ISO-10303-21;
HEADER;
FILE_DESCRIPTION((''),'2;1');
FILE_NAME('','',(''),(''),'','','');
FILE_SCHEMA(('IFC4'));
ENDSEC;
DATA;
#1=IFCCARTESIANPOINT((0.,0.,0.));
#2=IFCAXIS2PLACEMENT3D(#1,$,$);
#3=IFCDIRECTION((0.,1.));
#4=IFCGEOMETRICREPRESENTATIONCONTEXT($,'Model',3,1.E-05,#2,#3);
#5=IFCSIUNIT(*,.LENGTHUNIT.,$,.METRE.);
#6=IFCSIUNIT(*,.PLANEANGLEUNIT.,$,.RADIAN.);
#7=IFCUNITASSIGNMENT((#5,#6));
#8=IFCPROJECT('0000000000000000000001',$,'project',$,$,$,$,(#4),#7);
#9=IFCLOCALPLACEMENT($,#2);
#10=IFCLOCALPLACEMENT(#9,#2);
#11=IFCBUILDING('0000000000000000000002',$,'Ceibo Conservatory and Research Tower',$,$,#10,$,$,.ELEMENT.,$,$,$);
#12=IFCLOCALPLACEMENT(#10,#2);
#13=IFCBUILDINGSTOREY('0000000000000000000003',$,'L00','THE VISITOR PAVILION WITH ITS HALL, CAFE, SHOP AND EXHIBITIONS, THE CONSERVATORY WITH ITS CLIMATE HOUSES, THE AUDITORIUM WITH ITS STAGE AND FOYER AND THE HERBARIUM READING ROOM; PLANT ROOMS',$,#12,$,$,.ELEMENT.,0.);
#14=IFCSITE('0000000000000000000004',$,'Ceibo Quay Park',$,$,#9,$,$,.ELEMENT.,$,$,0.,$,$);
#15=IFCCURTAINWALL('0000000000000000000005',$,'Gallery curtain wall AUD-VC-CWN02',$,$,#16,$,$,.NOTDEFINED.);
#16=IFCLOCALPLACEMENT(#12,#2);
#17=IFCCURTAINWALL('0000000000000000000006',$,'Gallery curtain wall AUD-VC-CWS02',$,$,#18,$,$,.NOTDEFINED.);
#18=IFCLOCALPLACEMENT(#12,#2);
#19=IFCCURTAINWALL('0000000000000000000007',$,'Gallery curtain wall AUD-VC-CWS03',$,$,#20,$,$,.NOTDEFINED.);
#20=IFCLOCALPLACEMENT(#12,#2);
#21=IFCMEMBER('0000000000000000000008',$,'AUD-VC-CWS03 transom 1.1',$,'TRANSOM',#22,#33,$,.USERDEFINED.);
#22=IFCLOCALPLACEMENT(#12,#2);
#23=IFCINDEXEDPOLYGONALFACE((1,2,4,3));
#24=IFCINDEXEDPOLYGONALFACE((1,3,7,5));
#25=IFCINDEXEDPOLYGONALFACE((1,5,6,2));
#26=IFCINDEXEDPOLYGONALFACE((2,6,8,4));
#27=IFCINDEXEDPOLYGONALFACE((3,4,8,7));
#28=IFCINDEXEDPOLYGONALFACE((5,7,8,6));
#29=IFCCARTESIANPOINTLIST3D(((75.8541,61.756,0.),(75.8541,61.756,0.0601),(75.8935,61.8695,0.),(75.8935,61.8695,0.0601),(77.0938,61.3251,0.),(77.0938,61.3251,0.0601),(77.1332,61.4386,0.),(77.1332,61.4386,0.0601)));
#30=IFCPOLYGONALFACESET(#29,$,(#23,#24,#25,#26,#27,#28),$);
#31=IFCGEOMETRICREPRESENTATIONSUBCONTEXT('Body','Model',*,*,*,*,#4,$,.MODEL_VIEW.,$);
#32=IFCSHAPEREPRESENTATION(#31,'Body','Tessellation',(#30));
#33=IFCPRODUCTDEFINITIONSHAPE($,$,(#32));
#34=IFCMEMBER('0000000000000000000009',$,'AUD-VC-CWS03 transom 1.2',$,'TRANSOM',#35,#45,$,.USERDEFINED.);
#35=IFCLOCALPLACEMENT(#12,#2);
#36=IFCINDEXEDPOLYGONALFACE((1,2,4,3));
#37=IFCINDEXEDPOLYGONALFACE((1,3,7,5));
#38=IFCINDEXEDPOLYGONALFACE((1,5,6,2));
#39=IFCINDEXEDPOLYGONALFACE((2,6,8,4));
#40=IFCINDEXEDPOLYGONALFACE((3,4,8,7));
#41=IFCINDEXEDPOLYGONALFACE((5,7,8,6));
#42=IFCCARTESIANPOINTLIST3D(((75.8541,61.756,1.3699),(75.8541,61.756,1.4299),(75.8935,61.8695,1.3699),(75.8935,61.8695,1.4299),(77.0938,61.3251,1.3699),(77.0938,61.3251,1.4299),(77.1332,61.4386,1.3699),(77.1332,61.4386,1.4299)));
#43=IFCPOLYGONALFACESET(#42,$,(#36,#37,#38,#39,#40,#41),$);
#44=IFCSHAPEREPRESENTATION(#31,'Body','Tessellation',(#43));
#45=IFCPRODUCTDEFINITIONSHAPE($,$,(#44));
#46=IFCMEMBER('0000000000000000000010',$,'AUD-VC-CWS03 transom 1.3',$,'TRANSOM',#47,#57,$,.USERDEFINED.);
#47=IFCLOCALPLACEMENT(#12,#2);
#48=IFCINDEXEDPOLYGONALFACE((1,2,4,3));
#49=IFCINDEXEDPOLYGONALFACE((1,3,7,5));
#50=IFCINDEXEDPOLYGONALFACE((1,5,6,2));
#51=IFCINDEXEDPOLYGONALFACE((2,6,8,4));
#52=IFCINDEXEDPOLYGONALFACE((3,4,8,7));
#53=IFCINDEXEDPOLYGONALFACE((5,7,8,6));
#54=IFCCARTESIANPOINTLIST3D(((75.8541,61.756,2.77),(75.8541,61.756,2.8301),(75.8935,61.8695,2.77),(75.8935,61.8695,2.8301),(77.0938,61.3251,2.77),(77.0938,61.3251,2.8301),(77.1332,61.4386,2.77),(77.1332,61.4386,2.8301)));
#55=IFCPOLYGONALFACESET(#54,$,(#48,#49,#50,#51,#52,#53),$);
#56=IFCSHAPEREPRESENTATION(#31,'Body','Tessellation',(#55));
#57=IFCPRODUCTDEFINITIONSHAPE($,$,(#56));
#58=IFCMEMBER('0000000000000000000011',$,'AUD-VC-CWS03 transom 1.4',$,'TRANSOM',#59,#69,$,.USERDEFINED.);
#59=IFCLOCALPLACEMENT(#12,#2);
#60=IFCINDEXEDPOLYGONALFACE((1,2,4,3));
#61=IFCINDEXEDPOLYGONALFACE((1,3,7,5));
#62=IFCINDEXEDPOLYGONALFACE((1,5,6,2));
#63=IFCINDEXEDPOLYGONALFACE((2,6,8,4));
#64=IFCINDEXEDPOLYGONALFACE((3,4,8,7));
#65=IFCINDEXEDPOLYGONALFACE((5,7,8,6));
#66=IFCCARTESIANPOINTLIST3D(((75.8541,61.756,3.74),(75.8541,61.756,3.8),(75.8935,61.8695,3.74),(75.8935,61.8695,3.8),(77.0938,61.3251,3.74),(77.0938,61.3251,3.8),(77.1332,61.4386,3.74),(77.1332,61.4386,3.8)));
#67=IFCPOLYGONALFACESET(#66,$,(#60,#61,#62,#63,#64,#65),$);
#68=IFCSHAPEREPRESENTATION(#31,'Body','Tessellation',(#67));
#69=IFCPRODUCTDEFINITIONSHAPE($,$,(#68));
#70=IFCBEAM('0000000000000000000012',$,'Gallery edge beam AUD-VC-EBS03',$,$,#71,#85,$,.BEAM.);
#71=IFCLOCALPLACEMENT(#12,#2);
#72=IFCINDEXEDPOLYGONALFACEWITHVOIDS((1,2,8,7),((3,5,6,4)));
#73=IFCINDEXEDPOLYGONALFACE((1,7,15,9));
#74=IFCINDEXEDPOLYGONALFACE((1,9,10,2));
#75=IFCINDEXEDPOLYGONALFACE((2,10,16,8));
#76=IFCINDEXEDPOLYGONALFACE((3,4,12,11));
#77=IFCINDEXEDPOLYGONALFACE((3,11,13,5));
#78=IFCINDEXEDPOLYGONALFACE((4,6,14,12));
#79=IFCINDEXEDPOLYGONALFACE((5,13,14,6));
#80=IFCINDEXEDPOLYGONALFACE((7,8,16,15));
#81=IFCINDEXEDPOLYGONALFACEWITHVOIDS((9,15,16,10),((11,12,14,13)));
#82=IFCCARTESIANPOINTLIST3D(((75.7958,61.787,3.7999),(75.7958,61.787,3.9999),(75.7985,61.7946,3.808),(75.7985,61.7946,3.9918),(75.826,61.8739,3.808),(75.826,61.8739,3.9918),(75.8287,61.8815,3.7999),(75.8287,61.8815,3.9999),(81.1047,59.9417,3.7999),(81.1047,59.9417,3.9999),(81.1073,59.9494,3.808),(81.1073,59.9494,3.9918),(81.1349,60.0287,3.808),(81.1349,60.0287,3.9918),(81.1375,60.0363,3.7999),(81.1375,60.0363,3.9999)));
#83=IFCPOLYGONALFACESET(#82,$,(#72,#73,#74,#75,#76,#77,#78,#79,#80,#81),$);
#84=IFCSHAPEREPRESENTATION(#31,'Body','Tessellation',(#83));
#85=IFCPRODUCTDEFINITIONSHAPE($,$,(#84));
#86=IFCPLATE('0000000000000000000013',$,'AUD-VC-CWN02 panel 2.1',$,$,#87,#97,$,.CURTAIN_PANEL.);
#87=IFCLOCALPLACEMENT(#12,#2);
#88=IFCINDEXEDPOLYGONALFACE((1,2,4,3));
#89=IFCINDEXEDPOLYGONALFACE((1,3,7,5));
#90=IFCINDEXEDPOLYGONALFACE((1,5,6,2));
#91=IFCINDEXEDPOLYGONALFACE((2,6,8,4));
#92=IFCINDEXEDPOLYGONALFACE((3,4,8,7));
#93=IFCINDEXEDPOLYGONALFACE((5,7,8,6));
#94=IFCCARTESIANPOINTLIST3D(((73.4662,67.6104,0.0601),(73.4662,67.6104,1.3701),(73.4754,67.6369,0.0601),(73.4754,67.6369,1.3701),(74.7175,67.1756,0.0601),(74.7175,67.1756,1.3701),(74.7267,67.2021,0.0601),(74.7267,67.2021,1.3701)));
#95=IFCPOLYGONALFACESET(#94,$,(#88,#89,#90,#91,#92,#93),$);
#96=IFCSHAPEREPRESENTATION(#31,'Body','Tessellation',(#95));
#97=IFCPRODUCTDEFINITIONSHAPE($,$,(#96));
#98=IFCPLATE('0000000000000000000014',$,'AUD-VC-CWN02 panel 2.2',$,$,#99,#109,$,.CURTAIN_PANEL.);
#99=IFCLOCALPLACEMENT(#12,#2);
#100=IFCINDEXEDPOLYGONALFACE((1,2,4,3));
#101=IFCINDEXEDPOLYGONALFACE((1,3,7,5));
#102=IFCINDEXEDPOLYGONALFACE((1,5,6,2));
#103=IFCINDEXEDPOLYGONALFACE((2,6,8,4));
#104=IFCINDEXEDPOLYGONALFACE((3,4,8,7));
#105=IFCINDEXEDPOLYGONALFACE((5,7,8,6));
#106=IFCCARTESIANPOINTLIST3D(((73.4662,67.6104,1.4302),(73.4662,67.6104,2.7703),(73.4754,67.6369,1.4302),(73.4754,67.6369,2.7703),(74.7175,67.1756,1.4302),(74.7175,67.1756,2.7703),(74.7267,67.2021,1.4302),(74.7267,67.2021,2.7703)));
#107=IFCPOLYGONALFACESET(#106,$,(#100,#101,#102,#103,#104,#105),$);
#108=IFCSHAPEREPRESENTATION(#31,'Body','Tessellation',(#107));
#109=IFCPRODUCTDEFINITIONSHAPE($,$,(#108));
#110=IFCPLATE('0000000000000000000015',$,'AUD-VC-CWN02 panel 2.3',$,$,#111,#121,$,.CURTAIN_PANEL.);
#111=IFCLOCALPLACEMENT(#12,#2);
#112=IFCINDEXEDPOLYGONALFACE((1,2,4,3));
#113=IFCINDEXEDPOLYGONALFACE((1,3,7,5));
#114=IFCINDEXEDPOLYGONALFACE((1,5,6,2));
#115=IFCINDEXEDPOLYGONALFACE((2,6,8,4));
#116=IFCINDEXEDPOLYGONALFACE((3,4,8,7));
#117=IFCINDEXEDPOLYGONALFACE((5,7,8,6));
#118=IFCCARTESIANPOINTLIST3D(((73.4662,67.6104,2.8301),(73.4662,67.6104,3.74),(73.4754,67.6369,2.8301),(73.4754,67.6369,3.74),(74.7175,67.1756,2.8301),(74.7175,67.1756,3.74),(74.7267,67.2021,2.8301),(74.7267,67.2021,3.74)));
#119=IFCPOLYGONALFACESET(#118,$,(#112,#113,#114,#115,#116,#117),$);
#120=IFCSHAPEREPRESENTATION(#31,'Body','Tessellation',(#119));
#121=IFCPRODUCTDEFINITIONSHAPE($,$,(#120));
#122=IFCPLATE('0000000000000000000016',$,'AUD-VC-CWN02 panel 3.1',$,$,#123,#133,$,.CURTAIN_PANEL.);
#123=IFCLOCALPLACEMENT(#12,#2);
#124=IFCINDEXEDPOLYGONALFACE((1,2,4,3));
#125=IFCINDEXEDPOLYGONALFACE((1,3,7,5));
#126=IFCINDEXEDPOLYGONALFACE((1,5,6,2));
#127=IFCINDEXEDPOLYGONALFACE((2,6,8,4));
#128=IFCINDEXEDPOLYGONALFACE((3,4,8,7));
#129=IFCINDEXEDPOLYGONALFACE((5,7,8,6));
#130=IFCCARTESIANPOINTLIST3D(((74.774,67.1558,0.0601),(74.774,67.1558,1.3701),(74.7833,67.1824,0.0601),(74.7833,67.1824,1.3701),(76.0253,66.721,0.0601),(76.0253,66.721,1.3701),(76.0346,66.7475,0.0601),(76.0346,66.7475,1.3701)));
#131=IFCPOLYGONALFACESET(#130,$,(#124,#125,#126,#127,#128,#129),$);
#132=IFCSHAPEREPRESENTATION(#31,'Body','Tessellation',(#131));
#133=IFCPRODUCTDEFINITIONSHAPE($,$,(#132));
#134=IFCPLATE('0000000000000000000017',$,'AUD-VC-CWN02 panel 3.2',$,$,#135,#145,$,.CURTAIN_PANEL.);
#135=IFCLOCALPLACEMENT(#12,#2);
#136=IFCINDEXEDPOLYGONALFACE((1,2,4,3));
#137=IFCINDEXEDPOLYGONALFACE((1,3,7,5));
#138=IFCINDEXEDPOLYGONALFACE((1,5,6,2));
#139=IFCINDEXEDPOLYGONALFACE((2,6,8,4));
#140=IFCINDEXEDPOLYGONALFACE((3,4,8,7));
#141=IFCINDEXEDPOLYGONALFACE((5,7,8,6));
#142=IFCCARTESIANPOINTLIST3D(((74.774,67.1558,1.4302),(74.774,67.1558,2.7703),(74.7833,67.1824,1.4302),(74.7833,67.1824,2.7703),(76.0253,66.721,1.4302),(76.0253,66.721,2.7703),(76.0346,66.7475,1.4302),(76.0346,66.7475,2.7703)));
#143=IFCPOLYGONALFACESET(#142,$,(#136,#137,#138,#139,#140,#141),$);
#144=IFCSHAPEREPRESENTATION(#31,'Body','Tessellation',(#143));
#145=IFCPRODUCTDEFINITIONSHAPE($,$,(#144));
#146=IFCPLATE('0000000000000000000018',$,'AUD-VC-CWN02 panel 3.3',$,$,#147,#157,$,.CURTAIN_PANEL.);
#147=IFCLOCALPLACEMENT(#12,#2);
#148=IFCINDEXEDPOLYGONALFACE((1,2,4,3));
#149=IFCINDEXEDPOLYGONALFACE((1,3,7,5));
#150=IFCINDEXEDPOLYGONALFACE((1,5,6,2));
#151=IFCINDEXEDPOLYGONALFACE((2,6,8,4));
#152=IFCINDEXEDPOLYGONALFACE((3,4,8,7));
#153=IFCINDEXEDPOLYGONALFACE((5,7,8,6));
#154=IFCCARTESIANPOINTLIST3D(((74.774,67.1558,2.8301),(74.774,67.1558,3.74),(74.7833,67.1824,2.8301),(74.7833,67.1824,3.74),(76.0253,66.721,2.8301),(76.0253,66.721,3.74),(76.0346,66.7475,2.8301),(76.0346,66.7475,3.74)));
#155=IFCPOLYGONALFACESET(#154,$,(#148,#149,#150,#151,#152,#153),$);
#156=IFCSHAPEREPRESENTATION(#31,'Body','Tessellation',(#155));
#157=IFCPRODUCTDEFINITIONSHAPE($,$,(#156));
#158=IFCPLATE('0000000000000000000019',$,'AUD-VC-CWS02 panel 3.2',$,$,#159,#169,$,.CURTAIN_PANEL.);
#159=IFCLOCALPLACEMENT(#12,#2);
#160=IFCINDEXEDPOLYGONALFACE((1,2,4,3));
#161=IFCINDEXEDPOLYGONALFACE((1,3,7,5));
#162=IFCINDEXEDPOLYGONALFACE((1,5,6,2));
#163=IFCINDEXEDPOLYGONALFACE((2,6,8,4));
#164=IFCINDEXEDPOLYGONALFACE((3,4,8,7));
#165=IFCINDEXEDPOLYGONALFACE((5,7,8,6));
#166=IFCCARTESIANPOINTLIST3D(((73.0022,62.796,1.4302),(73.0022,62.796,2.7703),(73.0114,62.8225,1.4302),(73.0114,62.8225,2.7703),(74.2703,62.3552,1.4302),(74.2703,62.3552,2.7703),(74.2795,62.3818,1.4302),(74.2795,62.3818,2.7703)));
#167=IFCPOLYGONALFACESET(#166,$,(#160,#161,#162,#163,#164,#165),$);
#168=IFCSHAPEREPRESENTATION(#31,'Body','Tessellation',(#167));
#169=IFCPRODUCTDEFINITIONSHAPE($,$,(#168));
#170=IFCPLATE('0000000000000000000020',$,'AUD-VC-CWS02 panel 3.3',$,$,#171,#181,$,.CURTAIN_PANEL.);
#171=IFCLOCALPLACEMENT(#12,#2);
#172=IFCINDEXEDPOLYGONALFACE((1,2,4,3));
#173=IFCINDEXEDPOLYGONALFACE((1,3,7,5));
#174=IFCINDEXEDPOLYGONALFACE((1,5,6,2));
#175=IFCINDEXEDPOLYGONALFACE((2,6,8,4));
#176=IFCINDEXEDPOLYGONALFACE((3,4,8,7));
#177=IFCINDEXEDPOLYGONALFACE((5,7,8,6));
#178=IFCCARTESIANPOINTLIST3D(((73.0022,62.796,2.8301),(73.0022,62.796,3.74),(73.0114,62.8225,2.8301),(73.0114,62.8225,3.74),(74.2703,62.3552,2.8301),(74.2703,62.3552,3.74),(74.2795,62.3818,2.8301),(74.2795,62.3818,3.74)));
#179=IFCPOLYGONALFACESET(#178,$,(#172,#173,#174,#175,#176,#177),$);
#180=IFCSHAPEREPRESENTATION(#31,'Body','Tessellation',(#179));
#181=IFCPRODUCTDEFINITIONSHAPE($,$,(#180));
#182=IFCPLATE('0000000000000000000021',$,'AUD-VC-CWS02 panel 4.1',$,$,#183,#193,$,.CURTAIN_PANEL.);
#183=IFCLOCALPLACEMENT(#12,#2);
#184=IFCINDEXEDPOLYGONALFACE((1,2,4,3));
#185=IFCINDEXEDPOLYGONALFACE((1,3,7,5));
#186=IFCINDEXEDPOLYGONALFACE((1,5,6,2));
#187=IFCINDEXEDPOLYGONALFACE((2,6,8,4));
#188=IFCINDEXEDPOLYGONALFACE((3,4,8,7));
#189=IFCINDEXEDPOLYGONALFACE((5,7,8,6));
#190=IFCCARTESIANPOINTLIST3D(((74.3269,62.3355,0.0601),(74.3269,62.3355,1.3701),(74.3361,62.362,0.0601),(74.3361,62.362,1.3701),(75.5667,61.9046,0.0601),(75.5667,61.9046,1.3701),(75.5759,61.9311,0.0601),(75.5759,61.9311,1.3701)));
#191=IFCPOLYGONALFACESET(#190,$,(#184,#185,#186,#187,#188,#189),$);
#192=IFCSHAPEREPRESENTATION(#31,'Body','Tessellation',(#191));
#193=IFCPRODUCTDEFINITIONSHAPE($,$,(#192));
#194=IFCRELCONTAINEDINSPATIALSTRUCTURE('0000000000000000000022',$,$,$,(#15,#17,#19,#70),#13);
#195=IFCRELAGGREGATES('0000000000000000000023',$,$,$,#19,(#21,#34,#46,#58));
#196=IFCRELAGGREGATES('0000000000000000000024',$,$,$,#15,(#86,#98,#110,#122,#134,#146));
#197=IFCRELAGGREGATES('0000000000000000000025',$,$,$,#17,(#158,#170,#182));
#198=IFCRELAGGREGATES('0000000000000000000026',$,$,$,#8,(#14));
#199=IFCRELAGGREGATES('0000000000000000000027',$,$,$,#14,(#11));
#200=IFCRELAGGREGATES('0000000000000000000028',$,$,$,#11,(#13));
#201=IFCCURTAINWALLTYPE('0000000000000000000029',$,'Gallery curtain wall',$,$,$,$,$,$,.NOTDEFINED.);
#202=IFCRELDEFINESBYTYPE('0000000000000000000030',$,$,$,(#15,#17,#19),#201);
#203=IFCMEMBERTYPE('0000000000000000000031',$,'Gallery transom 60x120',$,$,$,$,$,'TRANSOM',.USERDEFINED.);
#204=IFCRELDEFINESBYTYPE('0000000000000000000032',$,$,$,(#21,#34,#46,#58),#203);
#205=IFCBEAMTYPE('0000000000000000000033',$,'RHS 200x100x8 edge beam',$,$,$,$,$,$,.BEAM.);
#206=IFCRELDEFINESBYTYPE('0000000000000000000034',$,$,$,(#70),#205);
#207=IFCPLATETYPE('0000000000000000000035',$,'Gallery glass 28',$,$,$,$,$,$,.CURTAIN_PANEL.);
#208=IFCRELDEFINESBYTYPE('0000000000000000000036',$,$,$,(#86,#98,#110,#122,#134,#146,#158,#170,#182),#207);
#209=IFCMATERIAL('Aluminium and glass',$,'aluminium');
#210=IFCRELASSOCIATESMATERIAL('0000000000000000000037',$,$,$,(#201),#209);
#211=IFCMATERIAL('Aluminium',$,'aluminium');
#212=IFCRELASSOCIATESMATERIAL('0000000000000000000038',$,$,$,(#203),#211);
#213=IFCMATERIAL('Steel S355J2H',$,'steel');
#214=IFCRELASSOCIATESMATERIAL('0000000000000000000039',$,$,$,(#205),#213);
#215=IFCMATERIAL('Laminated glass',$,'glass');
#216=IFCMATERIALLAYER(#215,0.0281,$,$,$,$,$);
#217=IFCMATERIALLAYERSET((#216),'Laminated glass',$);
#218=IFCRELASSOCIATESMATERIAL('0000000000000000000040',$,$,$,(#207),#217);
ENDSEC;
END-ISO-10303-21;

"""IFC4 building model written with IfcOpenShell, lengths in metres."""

from ifc_helpers import new_model, si_unit, direction, frame, origin, origin_2d, place, context, subcontext, project, spatial, rectangle, hollow_rectangle, extrude, material, layer, layer_set, material_profile, profile_set, type_object, element, aggregate, save


model = new_model("IFC4")

# Units and contexts
model_context = context("Model", 3, precision=1e-05, world=origin(), true_north=direction((0.0, 1.0)))
body_context = subcontext(model_context, "Body", "Model", "MODEL_VIEW")
ifc_project = project(units=[si_unit("LENGTHUNIT", "METRE"), si_unit("PLANEANGLEUNIT", "RADIAN")], contexts=[model_context])

# Site, building, storey
site_placement = place(None, origin())
site = spatial("IfcSite", under=ifc_project, at=site_placement, Name="Ceibo Quay Park", CompositionType="ELEMENT", RefElevation=0.0)
building_placement = place(site_placement, origin())
building = spatial("IfcBuilding", under=site, at=building_placement, Name="Ceibo Conservatory and Research Tower", CompositionType="ELEMENT")
storey_placement = place(building_placement, origin())
storey = spatial("IfcBuildingStorey", under=building, at=storey_placement, Name="L00", Description="THE VISITOR PAVILION WITH ITS HALL, CAFE, SHOP AND EXHIBITIONS, THE CONSERVATORY WITH ITS CLIMATE HOUSES, THE AUDITORIUM WITH ITS STAGE AND FOYER AND THE HERBARIUM READING ROOM; PLANT ROOMS", CompositionType="ELEMENT", Elevation=0.0)

# Shared definitions
ifc_material_1 = material(Name="Steel S355J2H", Category="steel")

# Curtain walls
ifc_material_2 = material(Name="Aluminium and glass", Category="aluminium")
curtain_wall_type = type_object("IfcCurtainWallType", Name="Gallery curtain wall", PredefinedType="NOTDEFINED", material=ifc_material_2)
curtain_wall_1_placement = place(storey_placement, origin())
curtain_wall_1 = element("IfcCurtainWall", 1, at=curtain_wall_1_placement, inside=storey, type_object=curtain_wall_type, Name="Gallery curtain wall AUD-VC-CWN02", PredefinedType="NOTDEFINED")
ifc_material_3 = material(Name="Aluminium", Category="aluminium")
curtain_wall_2_placement = place(storey_placement, origin())
curtain_wall_2 = element("IfcCurtainWall", 2, at=curtain_wall_2_placement, inside=storey, type_object=curtain_wall_type, Name="Gallery curtain wall AUD-VC-CWS02", PredefinedType="NOTDEFINED")

# Curtain wall
curtain_wall_3_placement = place(storey_placement, origin())
curtain_wall_3 = element("IfcCurtainWall", 3, at=curtain_wall_3_placement, inside=storey, type_object=curtain_wall_type, Name="Gallery curtain wall AUD-VC-CWS03", PredefinedType="NOTDEFINED")

# Members
ifc_material_profile_1 = material_profile(ifc_material_3, rectangle(XDim=0.1201, YDim=0.0601, at=origin_2d()), Name="AL 60x120")
ifc_profile_set_1 = profile_set([ifc_material_profile_1], Name="Aluminium")
member_type_1 = type_object("IfcMemberType", Name="Gallery transom 60x120", ElementType="TRANSOM", PredefinedType="USERDEFINED", material=ifc_profile_set_1)
member_1_placement = place(storey_placement, frame((75.8738, 61.8127, 0.03), z_axis=(0.94457, -0.328311, 0.0), x_axis=(0.328311, 0.94457, 0.0)))
member_1 = element("IfcMember", 4, at=member_1_placement, type_object=member_type_1, Name="AUD-VC-CWS03 transom 1.1", ObjectType="TRANSOM", PredefinedType="USERDEFINED", context=body_context, shape_type="SweptSolid", body=[
    extrude(rectangle(XDim=0.1201, YDim=0.0601, at=origin_2d()), origin(), (0.0, 0.0, 1.0), 1.3125),
])
member_2_placement = place(storey_placement, frame((75.8738, 61.8127, 1.3999), z_axis=(0.94457, -0.328311, 0.0), x_axis=(0.328311, 0.94457, 0.0)))
member_2 = element("IfcMember", 5, at=member_2_placement, type_object=member_type_1, Name="AUD-VC-CWS03 transom 1.2", ObjectType="TRANSOM", PredefinedType="USERDEFINED", context=body_context, shape_type="SweptSolid", body=[
    extrude(rectangle(XDim=0.1201, YDim=0.0601, at=origin_2d()), origin(), (0.0, 0.0, 1.0), 1.3125),
])
member_3_placement = place(storey_placement, frame((75.8738, 61.8127, 2.8), z_axis=(0.94457, -0.328311, 0.0), x_axis=(0.328311, 0.94457, 0.0)))
member_3 = element("IfcMember", 6, at=member_3_placement, type_object=member_type_1, Name="AUD-VC-CWS03 transom 1.3", ObjectType="TRANSOM", PredefinedType="USERDEFINED", context=body_context, shape_type="SweptSolid", body=[
    extrude(rectangle(XDim=0.1201, YDim=0.0601, at=origin_2d()), origin(), (0.0, 0.0, 1.0), 1.3125),
])
member_4_placement = place(storey_placement, frame((75.8738, 61.8127, 3.77), z_axis=(0.94457, -0.328311, 0.0), x_axis=(0.328311, 0.94457, 0.0)))
member_4 = element("IfcMember", 7, at=member_4_placement, type_object=member_type_1, Name="AUD-VC-CWS03 transom 1.4", ObjectType="TRANSOM", PredefinedType="USERDEFINED", context=body_context, shape_type="SweptSolid", body=[
    extrude(rectangle(XDim=0.1201, YDim=0.0601, at=origin_2d()), origin(), (0.0, 0.0, 1.0), 1.3125),
])
aggregate(curtain_wall_3, [member_1, member_2, member_3, member_4])

# Beam
ifc_material_profile_2 = material_profile(ifc_material_1, hollow_rectangle(XDim=0.1001, YDim=0.2, WallThickness=0.0081, at=origin_2d()), Name="RHS 200x100x8 edge beam")
ifc_profile_set_2 = profile_set([ifc_material_profile_2], Name="Steel S355J2H")
beam_type = type_object("IfcBeamType", Name="RHS 200x100x8 edge beam", PredefinedType="BEAM", material=ifc_profile_set_2)
beam_placement = place(storey_placement, frame((75.8123, 61.8342, 3.8999), z_axis=(0.944571, -0.328308, 0.0), x_axis=(0.328308, 0.944571, 0.0)))
element("IfcBeam", 8, at=beam_placement, inside=storey, type_object=beam_type, Name="Gallery edge beam AUD-VC-EBS03", PredefinedType="BEAM", context=body_context, shape_type="SweptSolid", body=[
    extrude(hollow_rectangle(XDim=0.1001, YDim=0.2, WallThickness=0.0081, at=origin_2d()), origin(), (0.0, 0.0, 1.0), 5.6204),
])

# Plates
ifc_material_4 = material(Name="Laminated glass", Category="glass")
ifc_layer = layer(ifc_material_4, 0.0281)
ifc_layer_set = layer_set([ifc_layer], Name="Laminated glass")
plate_type = type_object("IfcPlateType", Name="Gallery glass 28", PredefinedType="CURTAIN_PANEL", material=ifc_layer_set)
plate_1_placement = place(storey_placement, frame((74.0964, 67.4062, 0.0601), z_axis=(0.0, 0.0, 1.0), x_axis=(0.944579, -0.328284, 0.0)))
plate_1 = element("IfcPlate", 9, at=plate_1_placement, type_object=plate_type, Name="AUD-VC-CWN02 panel 2.1", PredefinedType="CURTAIN_PANEL", context=body_context, shape_type="SweptSolid", body=[
    extrude(rectangle(XDim=1.3247, YDim=0.0281, at=origin_2d()), origin(), (0.0, 0.0, 1.0), 1.3101),
])
plate_2_placement = place(storey_placement, frame((74.0964, 67.4062, 1.4302), z_axis=(0.0, 0.0, 1.0), x_axis=(0.944579, -0.328284, 0.0)))
plate_2 = element("IfcPlate", 10, at=plate_2_placement, type_object=plate_type, Name="AUD-VC-CWN02 panel 2.2", PredefinedType="CURTAIN_PANEL", context=body_context, shape_type="SweptSolid", body=[
    extrude(rectangle(XDim=1.3247, YDim=0.0281, at=origin_2d()), origin(), (0.0, 0.0, 1.0), 1.3401),
])
plate_3_placement = place(storey_placement, frame((74.0964, 67.4062, 2.8301), z_axis=(0.0, 0.0, 1.0), x_axis=(0.944579, -0.328284, 0.0)))
plate_3 = element("IfcPlate", 11, at=plate_3_placement, type_object=plate_type, Name="AUD-VC-CWN02 panel 2.3", PredefinedType="CURTAIN_PANEL", context=body_context, shape_type="SweptSolid", body=[
    extrude(rectangle(XDim=1.3247, YDim=0.0281, at=origin_2d()), origin(), (0.0, 0.0, 1.0), 0.9099),
])
plate_4_placement = place(storey_placement, frame((75.4043, 66.9517, 0.0601), z_axis=(0.0, 0.0, 1.0), x_axis=(0.944579, -0.328284, 0.0)))
plate_4 = element("IfcPlate", 12, at=plate_4_placement, type_object=plate_type, Name="AUD-VC-CWN02 panel 3.1", PredefinedType="CURTAIN_PANEL", context=body_context, shape_type="SweptSolid", body=[
    extrude(rectangle(XDim=1.3247, YDim=0.0281, at=origin_2d()), origin(), (0.0, 0.0, 1.0), 1.3101),
])
plate_5_placement = place(storey_placement, frame((75.4043, 66.9517, 1.4302), z_axis=(0.0, 0.0, 1.0), x_axis=(0.944579, -0.328284, 0.0)))
plate_5 = element("IfcPlate", 13, at=plate_5_placement, type_object=plate_type, Name="AUD-VC-CWN02 panel 3.2", PredefinedType="CURTAIN_PANEL", context=body_context, shape_type="SweptSolid", body=[
    extrude(rectangle(XDim=1.3247, YDim=0.0281, at=origin_2d()), origin(), (0.0, 0.0, 1.0), 1.3401),
])
plate_6_placement = place(storey_placement, frame((75.4043, 66.9517, 2.8301), z_axis=(0.0, 0.0, 1.0), x_axis=(0.944579, -0.328284, 0.0)))
plate_6 = element("IfcPlate", 14, at=plate_6_placement, type_object=plate_type, Name="AUD-VC-CWN02 panel 3.3", PredefinedType="CURTAIN_PANEL", context=body_context, shape_type="SweptSolid", body=[
    extrude(rectangle(XDim=1.3247, YDim=0.0281, at=origin_2d()), origin(), (0.0, 0.0, 1.0), 0.9099),
])
aggregate(curtain_wall_1, [plate_1, plate_2, plate_3, plate_4, plate_5, plate_6])
plate_7_placement = place(storey_placement, frame((73.6409, 62.5889, 1.4302), z_axis=(0.0, 0.0, 1.0), x_axis=(0.944579, -0.328284, 0.0)))
plate_7 = element("IfcPlate", 15, at=plate_7_placement, type_object=plate_type, Name="AUD-VC-CWS02 panel 3.2", PredefinedType="CURTAIN_PANEL", context=body_context, shape_type="SweptSolid", body=[
    extrude(rectangle(XDim=1.3425, YDim=0.0281, at=origin_2d()), origin(), (0.0, 0.0, 1.0), 1.3401),
])
plate_8_placement = place(storey_placement, frame((73.6409, 62.5889, 2.8301), z_axis=(0.0, 0.0, 1.0), x_axis=(0.944579, -0.328284, 0.0)))
plate_8 = element("IfcPlate", 16, at=plate_8_placement, type_object=plate_type, Name="AUD-VC-CWS02 panel 3.3", PredefinedType="CURTAIN_PANEL", context=body_context, shape_type="SweptSolid", body=[
    extrude(rectangle(XDim=1.3425, YDim=0.0281, at=origin_2d()), origin(), (0.0, 0.0, 1.0), 0.9099),
])
plate_9_placement = place(storey_placement, frame((74.9514, 62.1333, 0.0601), z_axis=(0.0, 0.0, 1.0), x_axis=(0.944579, -0.328284, 0.0)))
plate_9 = element("IfcPlate", 17, at=plate_9_placement, type_object=plate_type, Name="AUD-VC-CWS02 panel 4.1", PredefinedType="CURTAIN_PANEL", context=body_context, shape_type="SweptSolid", body=[
    extrude(rectangle(XDim=1.3125, YDim=0.0281, at=origin_2d()), origin(), (0.0, 0.0, 1.0), 1.3101),
])
aggregate(curtain_wall_2, [plate_7, plate_8, plate_9])

save(model, "model.ifc")
